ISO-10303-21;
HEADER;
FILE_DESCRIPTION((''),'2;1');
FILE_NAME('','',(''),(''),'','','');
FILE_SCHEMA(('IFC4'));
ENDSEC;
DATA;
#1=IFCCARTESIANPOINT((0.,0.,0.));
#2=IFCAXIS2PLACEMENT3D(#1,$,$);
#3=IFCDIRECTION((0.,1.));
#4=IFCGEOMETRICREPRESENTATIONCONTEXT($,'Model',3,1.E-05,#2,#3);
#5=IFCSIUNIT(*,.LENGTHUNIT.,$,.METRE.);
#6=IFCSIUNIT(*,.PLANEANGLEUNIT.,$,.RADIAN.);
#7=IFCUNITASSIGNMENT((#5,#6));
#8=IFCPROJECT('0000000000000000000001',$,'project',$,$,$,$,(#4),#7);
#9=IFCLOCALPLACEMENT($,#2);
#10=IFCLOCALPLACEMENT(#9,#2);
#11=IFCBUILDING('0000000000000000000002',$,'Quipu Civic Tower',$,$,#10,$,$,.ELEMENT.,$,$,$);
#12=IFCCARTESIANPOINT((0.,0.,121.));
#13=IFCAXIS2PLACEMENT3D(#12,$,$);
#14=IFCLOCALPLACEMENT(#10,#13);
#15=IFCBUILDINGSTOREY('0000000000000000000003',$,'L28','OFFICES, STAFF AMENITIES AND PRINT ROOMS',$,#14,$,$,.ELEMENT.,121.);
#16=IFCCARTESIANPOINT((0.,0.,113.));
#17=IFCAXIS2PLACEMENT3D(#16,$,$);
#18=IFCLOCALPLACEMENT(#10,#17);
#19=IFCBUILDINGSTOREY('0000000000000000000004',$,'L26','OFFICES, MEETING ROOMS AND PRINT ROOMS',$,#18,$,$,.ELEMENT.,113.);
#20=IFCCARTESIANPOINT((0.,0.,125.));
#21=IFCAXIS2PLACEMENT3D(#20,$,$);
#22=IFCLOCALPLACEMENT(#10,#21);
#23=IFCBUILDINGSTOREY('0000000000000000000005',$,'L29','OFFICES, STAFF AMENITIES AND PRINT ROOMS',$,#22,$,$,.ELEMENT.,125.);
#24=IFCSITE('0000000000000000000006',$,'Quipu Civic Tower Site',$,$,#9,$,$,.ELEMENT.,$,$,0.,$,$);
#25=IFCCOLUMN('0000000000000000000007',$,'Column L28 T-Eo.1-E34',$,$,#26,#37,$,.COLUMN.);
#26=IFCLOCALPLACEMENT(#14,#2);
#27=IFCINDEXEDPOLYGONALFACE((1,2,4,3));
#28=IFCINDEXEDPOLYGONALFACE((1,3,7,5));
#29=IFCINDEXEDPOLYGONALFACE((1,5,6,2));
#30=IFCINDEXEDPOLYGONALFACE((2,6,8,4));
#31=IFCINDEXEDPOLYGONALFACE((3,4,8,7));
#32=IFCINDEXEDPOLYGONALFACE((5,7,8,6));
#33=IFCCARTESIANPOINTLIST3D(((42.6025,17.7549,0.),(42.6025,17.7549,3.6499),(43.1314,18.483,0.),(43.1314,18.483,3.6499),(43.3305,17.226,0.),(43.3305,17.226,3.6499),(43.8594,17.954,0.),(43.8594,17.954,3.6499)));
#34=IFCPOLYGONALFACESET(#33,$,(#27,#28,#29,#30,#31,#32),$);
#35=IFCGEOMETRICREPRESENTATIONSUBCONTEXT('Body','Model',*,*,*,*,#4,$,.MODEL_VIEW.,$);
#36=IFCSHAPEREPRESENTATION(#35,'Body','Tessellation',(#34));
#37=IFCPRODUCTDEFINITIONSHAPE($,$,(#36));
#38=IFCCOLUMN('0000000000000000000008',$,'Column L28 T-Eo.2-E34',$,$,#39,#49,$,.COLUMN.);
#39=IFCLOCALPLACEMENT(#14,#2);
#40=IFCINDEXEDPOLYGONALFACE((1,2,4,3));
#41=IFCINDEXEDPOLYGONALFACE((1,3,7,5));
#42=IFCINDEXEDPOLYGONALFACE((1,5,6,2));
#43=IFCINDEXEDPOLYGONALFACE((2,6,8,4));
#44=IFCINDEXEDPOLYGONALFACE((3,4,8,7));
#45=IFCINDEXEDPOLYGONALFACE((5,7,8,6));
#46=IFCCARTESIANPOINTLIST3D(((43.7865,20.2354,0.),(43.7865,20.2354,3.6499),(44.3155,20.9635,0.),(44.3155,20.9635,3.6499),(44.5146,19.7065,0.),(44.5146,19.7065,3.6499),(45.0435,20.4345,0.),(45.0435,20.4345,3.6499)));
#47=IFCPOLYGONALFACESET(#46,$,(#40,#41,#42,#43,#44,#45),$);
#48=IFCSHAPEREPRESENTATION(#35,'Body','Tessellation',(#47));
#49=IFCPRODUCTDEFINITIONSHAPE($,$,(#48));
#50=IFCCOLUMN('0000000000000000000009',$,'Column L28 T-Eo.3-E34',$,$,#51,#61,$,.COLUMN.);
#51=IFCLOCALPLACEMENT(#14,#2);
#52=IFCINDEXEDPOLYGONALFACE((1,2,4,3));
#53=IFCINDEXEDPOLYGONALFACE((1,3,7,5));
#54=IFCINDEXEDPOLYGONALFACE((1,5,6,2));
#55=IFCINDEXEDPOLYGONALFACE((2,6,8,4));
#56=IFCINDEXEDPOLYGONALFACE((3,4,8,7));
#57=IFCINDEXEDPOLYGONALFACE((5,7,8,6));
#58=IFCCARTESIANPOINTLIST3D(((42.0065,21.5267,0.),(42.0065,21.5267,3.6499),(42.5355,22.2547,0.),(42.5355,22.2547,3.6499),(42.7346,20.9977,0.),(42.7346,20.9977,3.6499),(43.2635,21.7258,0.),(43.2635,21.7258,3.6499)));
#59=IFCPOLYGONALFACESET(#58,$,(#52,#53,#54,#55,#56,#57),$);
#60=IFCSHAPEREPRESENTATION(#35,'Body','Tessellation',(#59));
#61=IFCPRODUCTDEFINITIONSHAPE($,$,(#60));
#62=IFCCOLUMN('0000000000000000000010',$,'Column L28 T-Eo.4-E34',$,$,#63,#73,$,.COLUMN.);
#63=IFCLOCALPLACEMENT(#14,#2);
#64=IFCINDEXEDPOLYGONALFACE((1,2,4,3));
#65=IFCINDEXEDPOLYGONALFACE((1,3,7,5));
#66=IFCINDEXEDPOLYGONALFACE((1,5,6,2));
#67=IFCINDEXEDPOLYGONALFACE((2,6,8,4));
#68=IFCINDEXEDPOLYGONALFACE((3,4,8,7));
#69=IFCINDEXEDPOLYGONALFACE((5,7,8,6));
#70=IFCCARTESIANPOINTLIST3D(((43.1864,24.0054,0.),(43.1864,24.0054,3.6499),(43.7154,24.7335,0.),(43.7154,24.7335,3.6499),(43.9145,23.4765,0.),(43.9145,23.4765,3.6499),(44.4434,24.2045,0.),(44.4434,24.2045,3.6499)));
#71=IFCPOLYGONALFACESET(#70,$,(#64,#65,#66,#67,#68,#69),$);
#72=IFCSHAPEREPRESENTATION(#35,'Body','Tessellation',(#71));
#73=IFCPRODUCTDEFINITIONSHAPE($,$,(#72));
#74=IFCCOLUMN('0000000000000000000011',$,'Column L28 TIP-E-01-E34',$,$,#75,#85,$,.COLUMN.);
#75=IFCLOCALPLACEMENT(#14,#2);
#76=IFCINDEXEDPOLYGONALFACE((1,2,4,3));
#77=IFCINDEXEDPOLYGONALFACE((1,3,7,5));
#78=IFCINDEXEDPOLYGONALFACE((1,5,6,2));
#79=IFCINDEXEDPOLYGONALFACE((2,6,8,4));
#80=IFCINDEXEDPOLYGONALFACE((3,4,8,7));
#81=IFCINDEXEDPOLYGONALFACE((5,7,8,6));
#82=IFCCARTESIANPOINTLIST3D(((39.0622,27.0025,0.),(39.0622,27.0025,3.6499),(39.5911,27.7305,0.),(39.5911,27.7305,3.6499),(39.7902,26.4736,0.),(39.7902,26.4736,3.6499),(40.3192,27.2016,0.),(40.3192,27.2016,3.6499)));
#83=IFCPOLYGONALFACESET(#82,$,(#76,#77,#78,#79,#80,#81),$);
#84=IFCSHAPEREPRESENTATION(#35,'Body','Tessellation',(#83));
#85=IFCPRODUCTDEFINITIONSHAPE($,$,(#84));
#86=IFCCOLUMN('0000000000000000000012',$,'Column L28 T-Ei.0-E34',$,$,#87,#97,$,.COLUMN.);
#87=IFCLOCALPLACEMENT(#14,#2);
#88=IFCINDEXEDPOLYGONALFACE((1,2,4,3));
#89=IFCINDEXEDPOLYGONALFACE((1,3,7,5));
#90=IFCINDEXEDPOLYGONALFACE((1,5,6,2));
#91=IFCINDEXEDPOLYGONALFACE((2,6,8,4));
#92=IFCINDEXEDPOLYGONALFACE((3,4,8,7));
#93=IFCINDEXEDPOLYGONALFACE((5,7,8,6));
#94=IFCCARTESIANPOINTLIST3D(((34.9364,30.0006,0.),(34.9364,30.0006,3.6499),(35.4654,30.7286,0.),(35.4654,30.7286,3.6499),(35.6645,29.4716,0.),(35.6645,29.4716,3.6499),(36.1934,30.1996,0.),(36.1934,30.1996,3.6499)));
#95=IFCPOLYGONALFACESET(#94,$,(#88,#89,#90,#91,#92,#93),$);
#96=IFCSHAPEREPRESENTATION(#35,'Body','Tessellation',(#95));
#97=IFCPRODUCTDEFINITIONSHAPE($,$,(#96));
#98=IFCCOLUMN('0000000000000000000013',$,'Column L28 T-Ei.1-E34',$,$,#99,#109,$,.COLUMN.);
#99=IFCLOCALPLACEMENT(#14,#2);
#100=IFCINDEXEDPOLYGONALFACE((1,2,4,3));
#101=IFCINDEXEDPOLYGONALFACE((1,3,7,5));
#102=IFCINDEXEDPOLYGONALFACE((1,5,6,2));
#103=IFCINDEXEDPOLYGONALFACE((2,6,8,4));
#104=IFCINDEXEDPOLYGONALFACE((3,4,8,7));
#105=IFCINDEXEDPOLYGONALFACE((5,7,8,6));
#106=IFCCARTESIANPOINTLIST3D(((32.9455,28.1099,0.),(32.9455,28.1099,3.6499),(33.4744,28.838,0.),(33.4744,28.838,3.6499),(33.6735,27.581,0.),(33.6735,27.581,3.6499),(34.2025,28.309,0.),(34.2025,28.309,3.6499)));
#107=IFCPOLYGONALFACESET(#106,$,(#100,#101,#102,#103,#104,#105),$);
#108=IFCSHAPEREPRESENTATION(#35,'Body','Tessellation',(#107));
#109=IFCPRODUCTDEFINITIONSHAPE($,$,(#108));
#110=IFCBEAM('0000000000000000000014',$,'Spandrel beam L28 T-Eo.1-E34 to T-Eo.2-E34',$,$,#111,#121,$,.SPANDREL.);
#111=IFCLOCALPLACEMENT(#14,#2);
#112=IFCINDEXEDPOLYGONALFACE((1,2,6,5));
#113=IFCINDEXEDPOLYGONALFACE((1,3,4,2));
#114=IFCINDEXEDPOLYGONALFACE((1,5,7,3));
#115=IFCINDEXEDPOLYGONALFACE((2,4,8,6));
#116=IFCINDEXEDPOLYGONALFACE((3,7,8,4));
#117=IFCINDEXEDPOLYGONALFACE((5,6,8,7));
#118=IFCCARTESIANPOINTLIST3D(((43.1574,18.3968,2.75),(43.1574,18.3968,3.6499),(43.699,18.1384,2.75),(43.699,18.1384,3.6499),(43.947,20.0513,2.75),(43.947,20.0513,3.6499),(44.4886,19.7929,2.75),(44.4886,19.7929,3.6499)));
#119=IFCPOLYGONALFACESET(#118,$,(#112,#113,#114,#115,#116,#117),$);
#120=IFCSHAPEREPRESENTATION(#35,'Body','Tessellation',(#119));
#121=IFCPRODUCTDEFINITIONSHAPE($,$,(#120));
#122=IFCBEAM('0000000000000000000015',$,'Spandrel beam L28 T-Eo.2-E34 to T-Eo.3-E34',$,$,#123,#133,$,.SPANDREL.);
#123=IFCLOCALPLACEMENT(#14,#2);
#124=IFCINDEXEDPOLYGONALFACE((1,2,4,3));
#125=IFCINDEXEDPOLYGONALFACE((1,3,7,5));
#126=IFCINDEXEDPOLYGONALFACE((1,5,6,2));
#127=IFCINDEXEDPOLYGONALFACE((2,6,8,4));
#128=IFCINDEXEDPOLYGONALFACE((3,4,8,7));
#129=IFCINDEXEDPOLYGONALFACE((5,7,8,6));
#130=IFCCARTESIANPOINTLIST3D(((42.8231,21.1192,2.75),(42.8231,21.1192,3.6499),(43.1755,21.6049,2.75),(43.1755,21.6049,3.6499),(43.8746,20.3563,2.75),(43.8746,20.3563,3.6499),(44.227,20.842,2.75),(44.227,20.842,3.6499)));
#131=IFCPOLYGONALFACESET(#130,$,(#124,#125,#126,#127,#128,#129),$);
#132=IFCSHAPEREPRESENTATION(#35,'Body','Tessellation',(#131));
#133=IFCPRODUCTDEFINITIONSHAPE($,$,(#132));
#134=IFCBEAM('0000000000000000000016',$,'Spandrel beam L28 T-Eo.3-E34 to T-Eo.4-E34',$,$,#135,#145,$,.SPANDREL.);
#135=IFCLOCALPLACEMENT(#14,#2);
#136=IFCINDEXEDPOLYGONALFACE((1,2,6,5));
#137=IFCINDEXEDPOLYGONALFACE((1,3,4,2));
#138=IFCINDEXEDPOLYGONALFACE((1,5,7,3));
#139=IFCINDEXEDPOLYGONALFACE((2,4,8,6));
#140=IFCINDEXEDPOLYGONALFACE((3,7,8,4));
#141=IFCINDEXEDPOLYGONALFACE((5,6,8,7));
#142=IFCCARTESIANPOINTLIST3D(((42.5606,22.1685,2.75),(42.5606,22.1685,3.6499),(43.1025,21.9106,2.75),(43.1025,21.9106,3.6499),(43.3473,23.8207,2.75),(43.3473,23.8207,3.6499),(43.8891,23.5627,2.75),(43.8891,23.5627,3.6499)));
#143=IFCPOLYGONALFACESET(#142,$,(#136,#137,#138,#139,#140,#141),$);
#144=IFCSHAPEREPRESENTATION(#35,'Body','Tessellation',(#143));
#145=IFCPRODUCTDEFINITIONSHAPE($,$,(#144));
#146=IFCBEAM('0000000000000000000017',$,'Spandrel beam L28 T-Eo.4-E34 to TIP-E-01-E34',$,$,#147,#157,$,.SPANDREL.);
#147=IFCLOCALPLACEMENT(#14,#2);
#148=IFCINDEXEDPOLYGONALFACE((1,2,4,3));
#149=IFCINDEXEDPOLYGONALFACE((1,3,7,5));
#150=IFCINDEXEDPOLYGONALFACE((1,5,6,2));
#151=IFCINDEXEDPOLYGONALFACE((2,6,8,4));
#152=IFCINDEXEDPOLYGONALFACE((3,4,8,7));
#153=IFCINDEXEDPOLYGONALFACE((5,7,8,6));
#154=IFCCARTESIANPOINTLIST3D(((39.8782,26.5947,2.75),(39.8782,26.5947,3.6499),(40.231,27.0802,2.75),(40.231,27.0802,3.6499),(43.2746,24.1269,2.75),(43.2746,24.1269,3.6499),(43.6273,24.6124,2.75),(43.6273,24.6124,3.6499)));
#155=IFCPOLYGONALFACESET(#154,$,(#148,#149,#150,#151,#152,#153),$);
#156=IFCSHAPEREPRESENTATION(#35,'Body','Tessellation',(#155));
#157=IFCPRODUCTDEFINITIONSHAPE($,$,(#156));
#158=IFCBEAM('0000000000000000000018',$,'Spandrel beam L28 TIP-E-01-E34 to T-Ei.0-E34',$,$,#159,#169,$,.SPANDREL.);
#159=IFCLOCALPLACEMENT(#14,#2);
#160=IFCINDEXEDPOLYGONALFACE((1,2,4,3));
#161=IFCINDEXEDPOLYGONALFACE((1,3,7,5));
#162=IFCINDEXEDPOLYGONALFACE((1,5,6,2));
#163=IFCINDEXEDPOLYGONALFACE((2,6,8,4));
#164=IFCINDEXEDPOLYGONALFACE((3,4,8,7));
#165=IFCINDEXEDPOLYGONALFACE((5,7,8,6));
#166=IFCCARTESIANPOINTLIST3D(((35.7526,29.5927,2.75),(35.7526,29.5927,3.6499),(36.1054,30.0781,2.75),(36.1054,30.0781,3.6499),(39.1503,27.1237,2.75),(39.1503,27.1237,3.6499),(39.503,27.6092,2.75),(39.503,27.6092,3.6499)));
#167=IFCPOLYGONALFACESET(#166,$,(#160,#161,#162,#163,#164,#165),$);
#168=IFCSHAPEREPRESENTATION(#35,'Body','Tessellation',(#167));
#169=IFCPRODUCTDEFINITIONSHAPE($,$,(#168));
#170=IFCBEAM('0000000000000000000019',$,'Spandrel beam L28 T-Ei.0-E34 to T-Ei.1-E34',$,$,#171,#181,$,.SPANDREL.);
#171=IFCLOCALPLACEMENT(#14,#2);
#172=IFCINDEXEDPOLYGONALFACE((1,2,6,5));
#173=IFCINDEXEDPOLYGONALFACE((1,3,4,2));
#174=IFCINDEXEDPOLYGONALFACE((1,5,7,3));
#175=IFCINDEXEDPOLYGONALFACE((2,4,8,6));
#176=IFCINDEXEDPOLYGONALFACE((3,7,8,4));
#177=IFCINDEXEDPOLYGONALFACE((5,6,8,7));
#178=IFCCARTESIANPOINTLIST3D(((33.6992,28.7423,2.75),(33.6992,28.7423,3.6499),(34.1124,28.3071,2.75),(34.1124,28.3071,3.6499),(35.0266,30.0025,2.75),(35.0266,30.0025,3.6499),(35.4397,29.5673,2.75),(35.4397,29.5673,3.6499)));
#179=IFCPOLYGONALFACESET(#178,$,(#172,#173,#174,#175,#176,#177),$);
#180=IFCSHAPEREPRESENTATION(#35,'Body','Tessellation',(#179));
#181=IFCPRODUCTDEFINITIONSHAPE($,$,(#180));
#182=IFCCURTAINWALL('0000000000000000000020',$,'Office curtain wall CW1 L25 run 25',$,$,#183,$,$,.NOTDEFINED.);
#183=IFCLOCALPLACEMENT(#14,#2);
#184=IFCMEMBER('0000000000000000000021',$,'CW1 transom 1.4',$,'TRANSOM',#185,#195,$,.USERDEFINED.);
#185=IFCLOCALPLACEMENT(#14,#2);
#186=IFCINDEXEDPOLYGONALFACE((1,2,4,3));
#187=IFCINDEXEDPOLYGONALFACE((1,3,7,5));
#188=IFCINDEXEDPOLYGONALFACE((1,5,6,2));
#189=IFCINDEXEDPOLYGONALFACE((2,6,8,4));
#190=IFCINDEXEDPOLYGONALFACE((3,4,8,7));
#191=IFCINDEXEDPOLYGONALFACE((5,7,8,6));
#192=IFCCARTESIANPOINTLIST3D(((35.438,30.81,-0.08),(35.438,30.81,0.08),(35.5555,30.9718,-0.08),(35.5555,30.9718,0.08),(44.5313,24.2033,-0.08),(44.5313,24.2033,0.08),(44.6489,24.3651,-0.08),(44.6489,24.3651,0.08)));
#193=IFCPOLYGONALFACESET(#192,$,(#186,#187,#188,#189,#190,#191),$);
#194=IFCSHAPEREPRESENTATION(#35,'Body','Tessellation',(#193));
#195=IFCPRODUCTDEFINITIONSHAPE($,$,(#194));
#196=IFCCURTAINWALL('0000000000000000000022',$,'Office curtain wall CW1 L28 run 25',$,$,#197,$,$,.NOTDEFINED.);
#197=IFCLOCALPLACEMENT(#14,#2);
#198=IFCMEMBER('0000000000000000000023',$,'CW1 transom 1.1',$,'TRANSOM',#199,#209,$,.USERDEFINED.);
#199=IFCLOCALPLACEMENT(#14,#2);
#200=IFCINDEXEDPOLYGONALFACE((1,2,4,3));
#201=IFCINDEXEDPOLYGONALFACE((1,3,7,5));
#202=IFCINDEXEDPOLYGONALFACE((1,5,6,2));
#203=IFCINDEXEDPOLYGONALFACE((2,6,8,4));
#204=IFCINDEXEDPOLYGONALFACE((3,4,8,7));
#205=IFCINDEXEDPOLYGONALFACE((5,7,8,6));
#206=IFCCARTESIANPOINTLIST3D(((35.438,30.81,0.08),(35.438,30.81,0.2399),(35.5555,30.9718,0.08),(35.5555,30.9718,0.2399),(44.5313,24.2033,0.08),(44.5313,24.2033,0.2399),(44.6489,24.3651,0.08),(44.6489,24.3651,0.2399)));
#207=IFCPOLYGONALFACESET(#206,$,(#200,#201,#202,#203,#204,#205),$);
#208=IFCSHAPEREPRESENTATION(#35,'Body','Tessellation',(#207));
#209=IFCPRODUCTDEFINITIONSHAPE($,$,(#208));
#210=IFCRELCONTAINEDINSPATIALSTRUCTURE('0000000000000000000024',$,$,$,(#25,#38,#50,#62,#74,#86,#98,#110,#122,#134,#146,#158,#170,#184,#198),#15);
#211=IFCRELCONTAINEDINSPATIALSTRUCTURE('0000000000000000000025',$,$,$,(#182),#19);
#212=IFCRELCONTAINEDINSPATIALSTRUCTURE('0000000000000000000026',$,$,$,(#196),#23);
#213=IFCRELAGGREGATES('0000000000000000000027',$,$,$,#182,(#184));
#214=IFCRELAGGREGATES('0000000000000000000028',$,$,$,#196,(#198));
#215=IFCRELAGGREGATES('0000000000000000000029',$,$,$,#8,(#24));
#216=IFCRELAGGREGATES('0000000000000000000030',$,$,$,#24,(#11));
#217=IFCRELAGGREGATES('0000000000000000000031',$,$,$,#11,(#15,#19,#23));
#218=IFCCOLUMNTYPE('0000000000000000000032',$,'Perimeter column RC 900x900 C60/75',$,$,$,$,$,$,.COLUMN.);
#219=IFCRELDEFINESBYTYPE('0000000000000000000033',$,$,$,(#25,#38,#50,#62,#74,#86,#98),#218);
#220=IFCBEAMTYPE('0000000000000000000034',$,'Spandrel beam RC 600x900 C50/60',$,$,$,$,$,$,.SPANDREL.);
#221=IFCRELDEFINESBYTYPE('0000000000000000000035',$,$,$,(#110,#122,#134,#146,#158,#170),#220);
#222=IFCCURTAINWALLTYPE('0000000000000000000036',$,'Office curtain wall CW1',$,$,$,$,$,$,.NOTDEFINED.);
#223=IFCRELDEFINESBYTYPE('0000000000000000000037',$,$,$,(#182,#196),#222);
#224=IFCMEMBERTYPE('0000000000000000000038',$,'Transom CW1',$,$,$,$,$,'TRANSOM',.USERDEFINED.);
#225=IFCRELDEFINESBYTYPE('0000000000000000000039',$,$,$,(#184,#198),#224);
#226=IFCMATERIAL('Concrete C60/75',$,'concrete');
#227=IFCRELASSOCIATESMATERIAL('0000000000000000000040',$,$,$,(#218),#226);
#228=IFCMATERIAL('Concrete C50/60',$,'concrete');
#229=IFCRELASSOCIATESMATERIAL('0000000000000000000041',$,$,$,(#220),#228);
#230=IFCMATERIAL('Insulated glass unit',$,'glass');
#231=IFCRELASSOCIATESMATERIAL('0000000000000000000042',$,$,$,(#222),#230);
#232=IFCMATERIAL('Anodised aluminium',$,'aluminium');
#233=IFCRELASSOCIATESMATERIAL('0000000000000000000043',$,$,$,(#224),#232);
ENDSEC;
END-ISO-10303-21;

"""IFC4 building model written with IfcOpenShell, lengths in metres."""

from ifc_helpers import new_model, si_unit, direction, frame, origin, origin_2d, place, context, subcontext, project, spatial, rectangle, extrude, material, material_profile, profile_set, type_object, element, aggregate, save


model = new_model("IFC4")

# Units and contexts
model_context = context("Model", 3, precision=1e-05, world=origin(), true_north=direction((0.0, 1.0)))
body_context = subcontext(model_context, "Body", "Model", "MODEL_VIEW")
ifc_project = project(units=[si_unit("LENGTHUNIT", "METRE"), si_unit("PLANEANGLEUNIT", "RADIAN")], contexts=[model_context])

# Site, building, storey
site_placement = place(None, origin())
site = spatial("IfcSite", under=ifc_project, at=site_placement, Name="Quipu Civic Tower Site", CompositionType="ELEMENT", RefElevation=0.0)
building_placement = place(site_placement, origin())
building = spatial("IfcBuilding", under=site, at=building_placement, Name="Quipu Civic Tower", CompositionType="ELEMENT")
storey_1_placement = place(building_placement, frame((0.0, 0.0, 121.0)))
storey_1 = spatial("IfcBuildingStorey", under=building, at=storey_1_placement, Name="L28", Description="OFFICES, STAFF AMENITIES AND PRINT ROOMS", CompositionType="ELEMENT", Elevation=121.0)

# Columns
ifc_material_1 = material(Name="Concrete C60/75", Category="concrete")
ifc_material_profile_1 = material_profile(ifc_material_1, rectangle(XDim=0.8999, YDim=0.8999, at=origin_2d()), Name="RC900x900")
ifc_profile_set_1 = profile_set([ifc_material_profile_1], Name="Concrete C60/75")
column_type = type_object("IfcColumnType", Name="Perimeter column RC 900x900 C60/75", PredefinedType="COLUMN", material=ifc_profile_set_1)
for number, where, z_axis, x_axis, name in (
    (1, (43.231, 17.8545, 0.0), (0.0, 0.0, 1.0), (0.587785, 0.809017, 0.0), "Column L28 T-Eo.1-E34"),
    (2, (44.415, 20.335, 0.0), (0.0, 0.0, 1.0), (0.587785, 0.809017, 0.0), "Column L28 T-Eo.2-E34"),
    (3, (42.635, 21.6262, 0.0), (0.0, 0.0, 1.0), (-0.809017, 0.587785, 0.0), "Column L28 T-Eo.3-E34"),
    (4, (43.8149, 24.105, 0.0), (0.0, 0.0, 1.0), (-0.809017, 0.587785, 0.0), "Column L28 T-Eo.4-E34"),
    (5, (39.6907, 27.1021, 0.0), (0.0, 0.0, 1.0), (-0.809017, 0.587785, 0.0), "Column L28 TIP-E-01-E34"),
    (6, (35.5649, 30.1001, 0.0), (0.0, 0.0, 1.0), (-0.587785, -0.809017, 0.0), "Column L28 T-Ei.0-E34"),
    (7, (33.574, 28.2095, 0.0), (0.0, 0.0, 1.0), (-0.809017, 0.587785, 0.0), "Column L28 T-Ei.1-E34"),
):
    element("IfcColumn", number, at=place(storey_1_placement, frame(where, z_axis=z_axis, x_axis=x_axis)), inside=storey_1, type_object=column_type, Name=name, PredefinedType="COLUMN", context=body_context, shape_type="SweptSolid", body=[
        extrude(rectangle(XDim=0.8999, YDim=0.8999, at=origin_2d()), origin(), (0.0, 0.0, 1.0), 3.6499),
    ])

# Beams
ifc_material_2 = material(Name="Concrete C50/60", Category="concrete")
ifc_material_profile_2 = material_profile(ifc_material_2, rectangle(XDim=0.6001, YDim=0.8999, at=origin_2d()), Name="RC600x900")
ifc_profile_set_2 = profile_set([ifc_material_profile_2], Name="Concrete C50/60")
beam_type = type_object("IfcBeamType", Name="Spandrel beam RC 600x900 C50/60", PredefinedType="SPANDREL", material=ifc_profile_set_2)
beam_1_placement = place(storey_1_placement, frame((43.4282, 18.2676, 3.2), z_axis=(0.430678, 0.902506, 0.0), x_axis=(-0.902506, 0.430678, 0.0)))
element("IfcBeam", 8, at=beam_1_placement, inside=storey_1, type_object=beam_type, Name="Spandrel beam L28 T-Eo.1-E34 to T-Eo.2-E34", PredefinedType="SPANDREL", context=body_context, shape_type="SweptSolid", body=[
    extrude(rectangle(XDim=0.6001, YDim=0.8999, at=origin_2d()), origin(), (0.0, 0.0, 1.0), 1.8333),
])
beam_2_placement = place(storey_1_placement, frame((44.0508, 20.5991, 3.2), z_axis=(-0.809394, 0.587266, 0.0), x_axis=(-0.587266, -0.809394, 0.0)))
element("IfcBeam", 9, at=beam_2_placement, inside=storey_1, type_object=beam_type, Name="Spandrel beam L28 T-Eo.2-E34 to T-Eo.3-E34", PredefinedType="SPANDREL", context=body_context, shape_type="SweptSolid", body=[
    extrude(rectangle(XDim=0.6001, YDim=0.8999, at=origin_2d()), origin(), (0.0, 0.0, 1.0), 1.2991),
])
beam_3_placement = place(storey_1_placement, frame((42.8315, 22.0396, 3.2), z_axis=(0.429892, 0.90288, 0.0), x_axis=(-0.90288, 0.429892, 0.0)))
element("IfcBeam", 10, at=beam_3_placement, inside=storey_1, type_object=beam_type, Name="Spandrel beam L28 T-Eo.3-E34 to T-Eo.4-E34", PredefinedType="SPANDREL", context=body_context, shape_type="SweptSolid", body=[
    extrude(rectangle(XDim=0.6001, YDim=0.8999, at=origin_2d()), origin(), (0.0, 0.0, 1.0), 1.8298),
])
beam_4_placement = place(storey_1_placement, frame((43.4509, 24.3696, 3.2), z_axis=(-0.808987, 0.587826, 0.0), x_axis=(-0.587826, -0.808987, 0.0)))
element("IfcBeam", 11, at=beam_4_placement, inside=storey_1, type_object=beam_type, Name="Spandrel beam L28 T-Eo.4-E34 to TIP-E-01-E34", PredefinedType="SPANDREL", context=body_context, shape_type="SweptSolid", body=[
    extrude(rectangle(XDim=0.6001, YDim=0.8999, at=origin_2d()), origin(), (0.0, 0.0, 1.0), 4.1982),
])
beam_5_placement = place(storey_1_placement, frame((39.3267, 27.3665, 3.2), z_axis=(-0.80897, 0.58785, 0.0), x_axis=(-0.58785, -0.80897, 0.0)))
element("IfcBeam", 12, at=beam_5_placement, inside=storey_1, type_object=beam_type, Name="Spandrel beam L28 TIP-E-01-E34 to T-Ei.0-E34", PredefinedType="SPANDREL", context=body_context, shape_type="SweptSolid", body=[
    extrude(rectangle(XDim=0.6001, YDim=0.8999, at=origin_2d()), origin(), (0.0, 0.0, 1.0), 4.2),
])
beam_6_placement = place(storey_1_placement, frame((35.2332, 29.7849, 3.2), z_axis=(-0.725209, -0.688529, 0.0), x_axis=(0.688529, -0.725209, 0.0)))
element("IfcBeam", 13, at=beam_6_placement, inside=storey_1, type_object=beam_type, Name="Spandrel beam L28 T-Ei.0-E34 to T-Ei.1-E34", PredefinedType="SPANDREL", context=body_context, shape_type="SweptSolid", body=[
    extrude(rectangle(XDim=0.6001, YDim=0.8999, at=origin_2d()), origin(), (0.0, 0.0, 1.0), 1.8303),
])

# Shared definitions
storey_2_placement = place(building_placement, frame((0.0, 0.0, 113.0)))
storey_2 = spatial("IfcBuildingStorey", under=building, at=storey_2_placement, Name="L26", Description="OFFICES, MEETING ROOMS AND PRINT ROOMS", CompositionType="ELEMENT", Elevation=113.0)

# Curtain wall, member
ifc_material_3 = material(Name="Insulated glass unit", Category="glass")
curtain_wall_type = type_object("IfcCurtainWallType", Name="Office curtain wall CW1", PredefinedType="NOTDEFINED", material=ifc_material_3)
curtain_wall_1_placement = place(storey_2_placement, origin())
curtain_wall_1 = element("IfcCurtainWall", 14, at=curtain_wall_1_placement, inside=storey_2, type_object=curtain_wall_type, Name="Office curtain wall CW1 L25 run 25", PredefinedType="NOTDEFINED")
ifc_material_4 = material(Name="Anodised aluminium", Category="aluminium")
ifc_material_profile_3 = material_profile(ifc_material_4, rectangle(XDim=0.2, YDim=0.1599, at=origin_2d()), Name="RECT 200x160")
ifc_profile_set_3 = profile_set([ifc_material_profile_3], Name="Anodised aluminium")
member_type = type_object("IfcMemberType", Name="Transom CW1", ElementType="TRANSOM", PredefinedType="USERDEFINED", material=ifc_profile_set_3)
member_1_placement = place(storey_1_placement, frame((44.5901, 24.2842, 0.0), z_axis=(-0.809015, 0.587788, 0.0), x_axis=(-0.587788, -0.809015, 0.0)))
member_1 = element("IfcMember", 15, at=member_1_placement, inside=storey_1, type_object=member_type, Name="CW1 transom 1.4", ObjectType="TRANSOM", PredefinedType="USERDEFINED", context=body_context, shape_type="SweptSolid", body=[
    extrude(rectangle(XDim=0.2, YDim=0.1599, at=origin_2d()), origin(), (0.0, 0.0, 1.0), 11.24),
])
aggregate(curtain_wall_1, [member_1])

# Shared definitions
storey_3_placement = place(building_placement, frame((0.0, 0.0, 125.0)))
storey_3 = spatial("IfcBuildingStorey", under=building, at=storey_3_placement, Name="L29", Description="OFFICES, STAFF AMENITIES AND PRINT ROOMS", CompositionType="ELEMENT", Elevation=125.0)

# Curtain wall, member
curtain_wall_2_placement = place(storey_3_placement, origin())
curtain_wall_2 = element("IfcCurtainWall", 16, at=curtain_wall_2_placement, inside=storey_3, type_object=curtain_wall_type, Name="Office curtain wall CW1 L28 run 25", PredefinedType="NOTDEFINED")
member_2_placement = place(storey_1_placement, frame((44.5901, 24.2842, 0.1599), z_axis=(-0.809015, 0.587788, 0.0), x_axis=(-0.587788, -0.809015, 0.0)))
member_2 = element("IfcMember", 17, at=member_2_placement, inside=storey_1, type_object=member_type, Name="CW1 transom 1.1", ObjectType="TRANSOM", PredefinedType="USERDEFINED", context=body_context, shape_type="SweptSolid", body=[
    extrude(rectangle(XDim=0.2, YDim=0.1599, at=origin_2d()), origin(), (0.0, 0.0, 1.0), 11.24),
])
aggregate(curtain_wall_2, [member_2])

save(model, "model.ifc")
